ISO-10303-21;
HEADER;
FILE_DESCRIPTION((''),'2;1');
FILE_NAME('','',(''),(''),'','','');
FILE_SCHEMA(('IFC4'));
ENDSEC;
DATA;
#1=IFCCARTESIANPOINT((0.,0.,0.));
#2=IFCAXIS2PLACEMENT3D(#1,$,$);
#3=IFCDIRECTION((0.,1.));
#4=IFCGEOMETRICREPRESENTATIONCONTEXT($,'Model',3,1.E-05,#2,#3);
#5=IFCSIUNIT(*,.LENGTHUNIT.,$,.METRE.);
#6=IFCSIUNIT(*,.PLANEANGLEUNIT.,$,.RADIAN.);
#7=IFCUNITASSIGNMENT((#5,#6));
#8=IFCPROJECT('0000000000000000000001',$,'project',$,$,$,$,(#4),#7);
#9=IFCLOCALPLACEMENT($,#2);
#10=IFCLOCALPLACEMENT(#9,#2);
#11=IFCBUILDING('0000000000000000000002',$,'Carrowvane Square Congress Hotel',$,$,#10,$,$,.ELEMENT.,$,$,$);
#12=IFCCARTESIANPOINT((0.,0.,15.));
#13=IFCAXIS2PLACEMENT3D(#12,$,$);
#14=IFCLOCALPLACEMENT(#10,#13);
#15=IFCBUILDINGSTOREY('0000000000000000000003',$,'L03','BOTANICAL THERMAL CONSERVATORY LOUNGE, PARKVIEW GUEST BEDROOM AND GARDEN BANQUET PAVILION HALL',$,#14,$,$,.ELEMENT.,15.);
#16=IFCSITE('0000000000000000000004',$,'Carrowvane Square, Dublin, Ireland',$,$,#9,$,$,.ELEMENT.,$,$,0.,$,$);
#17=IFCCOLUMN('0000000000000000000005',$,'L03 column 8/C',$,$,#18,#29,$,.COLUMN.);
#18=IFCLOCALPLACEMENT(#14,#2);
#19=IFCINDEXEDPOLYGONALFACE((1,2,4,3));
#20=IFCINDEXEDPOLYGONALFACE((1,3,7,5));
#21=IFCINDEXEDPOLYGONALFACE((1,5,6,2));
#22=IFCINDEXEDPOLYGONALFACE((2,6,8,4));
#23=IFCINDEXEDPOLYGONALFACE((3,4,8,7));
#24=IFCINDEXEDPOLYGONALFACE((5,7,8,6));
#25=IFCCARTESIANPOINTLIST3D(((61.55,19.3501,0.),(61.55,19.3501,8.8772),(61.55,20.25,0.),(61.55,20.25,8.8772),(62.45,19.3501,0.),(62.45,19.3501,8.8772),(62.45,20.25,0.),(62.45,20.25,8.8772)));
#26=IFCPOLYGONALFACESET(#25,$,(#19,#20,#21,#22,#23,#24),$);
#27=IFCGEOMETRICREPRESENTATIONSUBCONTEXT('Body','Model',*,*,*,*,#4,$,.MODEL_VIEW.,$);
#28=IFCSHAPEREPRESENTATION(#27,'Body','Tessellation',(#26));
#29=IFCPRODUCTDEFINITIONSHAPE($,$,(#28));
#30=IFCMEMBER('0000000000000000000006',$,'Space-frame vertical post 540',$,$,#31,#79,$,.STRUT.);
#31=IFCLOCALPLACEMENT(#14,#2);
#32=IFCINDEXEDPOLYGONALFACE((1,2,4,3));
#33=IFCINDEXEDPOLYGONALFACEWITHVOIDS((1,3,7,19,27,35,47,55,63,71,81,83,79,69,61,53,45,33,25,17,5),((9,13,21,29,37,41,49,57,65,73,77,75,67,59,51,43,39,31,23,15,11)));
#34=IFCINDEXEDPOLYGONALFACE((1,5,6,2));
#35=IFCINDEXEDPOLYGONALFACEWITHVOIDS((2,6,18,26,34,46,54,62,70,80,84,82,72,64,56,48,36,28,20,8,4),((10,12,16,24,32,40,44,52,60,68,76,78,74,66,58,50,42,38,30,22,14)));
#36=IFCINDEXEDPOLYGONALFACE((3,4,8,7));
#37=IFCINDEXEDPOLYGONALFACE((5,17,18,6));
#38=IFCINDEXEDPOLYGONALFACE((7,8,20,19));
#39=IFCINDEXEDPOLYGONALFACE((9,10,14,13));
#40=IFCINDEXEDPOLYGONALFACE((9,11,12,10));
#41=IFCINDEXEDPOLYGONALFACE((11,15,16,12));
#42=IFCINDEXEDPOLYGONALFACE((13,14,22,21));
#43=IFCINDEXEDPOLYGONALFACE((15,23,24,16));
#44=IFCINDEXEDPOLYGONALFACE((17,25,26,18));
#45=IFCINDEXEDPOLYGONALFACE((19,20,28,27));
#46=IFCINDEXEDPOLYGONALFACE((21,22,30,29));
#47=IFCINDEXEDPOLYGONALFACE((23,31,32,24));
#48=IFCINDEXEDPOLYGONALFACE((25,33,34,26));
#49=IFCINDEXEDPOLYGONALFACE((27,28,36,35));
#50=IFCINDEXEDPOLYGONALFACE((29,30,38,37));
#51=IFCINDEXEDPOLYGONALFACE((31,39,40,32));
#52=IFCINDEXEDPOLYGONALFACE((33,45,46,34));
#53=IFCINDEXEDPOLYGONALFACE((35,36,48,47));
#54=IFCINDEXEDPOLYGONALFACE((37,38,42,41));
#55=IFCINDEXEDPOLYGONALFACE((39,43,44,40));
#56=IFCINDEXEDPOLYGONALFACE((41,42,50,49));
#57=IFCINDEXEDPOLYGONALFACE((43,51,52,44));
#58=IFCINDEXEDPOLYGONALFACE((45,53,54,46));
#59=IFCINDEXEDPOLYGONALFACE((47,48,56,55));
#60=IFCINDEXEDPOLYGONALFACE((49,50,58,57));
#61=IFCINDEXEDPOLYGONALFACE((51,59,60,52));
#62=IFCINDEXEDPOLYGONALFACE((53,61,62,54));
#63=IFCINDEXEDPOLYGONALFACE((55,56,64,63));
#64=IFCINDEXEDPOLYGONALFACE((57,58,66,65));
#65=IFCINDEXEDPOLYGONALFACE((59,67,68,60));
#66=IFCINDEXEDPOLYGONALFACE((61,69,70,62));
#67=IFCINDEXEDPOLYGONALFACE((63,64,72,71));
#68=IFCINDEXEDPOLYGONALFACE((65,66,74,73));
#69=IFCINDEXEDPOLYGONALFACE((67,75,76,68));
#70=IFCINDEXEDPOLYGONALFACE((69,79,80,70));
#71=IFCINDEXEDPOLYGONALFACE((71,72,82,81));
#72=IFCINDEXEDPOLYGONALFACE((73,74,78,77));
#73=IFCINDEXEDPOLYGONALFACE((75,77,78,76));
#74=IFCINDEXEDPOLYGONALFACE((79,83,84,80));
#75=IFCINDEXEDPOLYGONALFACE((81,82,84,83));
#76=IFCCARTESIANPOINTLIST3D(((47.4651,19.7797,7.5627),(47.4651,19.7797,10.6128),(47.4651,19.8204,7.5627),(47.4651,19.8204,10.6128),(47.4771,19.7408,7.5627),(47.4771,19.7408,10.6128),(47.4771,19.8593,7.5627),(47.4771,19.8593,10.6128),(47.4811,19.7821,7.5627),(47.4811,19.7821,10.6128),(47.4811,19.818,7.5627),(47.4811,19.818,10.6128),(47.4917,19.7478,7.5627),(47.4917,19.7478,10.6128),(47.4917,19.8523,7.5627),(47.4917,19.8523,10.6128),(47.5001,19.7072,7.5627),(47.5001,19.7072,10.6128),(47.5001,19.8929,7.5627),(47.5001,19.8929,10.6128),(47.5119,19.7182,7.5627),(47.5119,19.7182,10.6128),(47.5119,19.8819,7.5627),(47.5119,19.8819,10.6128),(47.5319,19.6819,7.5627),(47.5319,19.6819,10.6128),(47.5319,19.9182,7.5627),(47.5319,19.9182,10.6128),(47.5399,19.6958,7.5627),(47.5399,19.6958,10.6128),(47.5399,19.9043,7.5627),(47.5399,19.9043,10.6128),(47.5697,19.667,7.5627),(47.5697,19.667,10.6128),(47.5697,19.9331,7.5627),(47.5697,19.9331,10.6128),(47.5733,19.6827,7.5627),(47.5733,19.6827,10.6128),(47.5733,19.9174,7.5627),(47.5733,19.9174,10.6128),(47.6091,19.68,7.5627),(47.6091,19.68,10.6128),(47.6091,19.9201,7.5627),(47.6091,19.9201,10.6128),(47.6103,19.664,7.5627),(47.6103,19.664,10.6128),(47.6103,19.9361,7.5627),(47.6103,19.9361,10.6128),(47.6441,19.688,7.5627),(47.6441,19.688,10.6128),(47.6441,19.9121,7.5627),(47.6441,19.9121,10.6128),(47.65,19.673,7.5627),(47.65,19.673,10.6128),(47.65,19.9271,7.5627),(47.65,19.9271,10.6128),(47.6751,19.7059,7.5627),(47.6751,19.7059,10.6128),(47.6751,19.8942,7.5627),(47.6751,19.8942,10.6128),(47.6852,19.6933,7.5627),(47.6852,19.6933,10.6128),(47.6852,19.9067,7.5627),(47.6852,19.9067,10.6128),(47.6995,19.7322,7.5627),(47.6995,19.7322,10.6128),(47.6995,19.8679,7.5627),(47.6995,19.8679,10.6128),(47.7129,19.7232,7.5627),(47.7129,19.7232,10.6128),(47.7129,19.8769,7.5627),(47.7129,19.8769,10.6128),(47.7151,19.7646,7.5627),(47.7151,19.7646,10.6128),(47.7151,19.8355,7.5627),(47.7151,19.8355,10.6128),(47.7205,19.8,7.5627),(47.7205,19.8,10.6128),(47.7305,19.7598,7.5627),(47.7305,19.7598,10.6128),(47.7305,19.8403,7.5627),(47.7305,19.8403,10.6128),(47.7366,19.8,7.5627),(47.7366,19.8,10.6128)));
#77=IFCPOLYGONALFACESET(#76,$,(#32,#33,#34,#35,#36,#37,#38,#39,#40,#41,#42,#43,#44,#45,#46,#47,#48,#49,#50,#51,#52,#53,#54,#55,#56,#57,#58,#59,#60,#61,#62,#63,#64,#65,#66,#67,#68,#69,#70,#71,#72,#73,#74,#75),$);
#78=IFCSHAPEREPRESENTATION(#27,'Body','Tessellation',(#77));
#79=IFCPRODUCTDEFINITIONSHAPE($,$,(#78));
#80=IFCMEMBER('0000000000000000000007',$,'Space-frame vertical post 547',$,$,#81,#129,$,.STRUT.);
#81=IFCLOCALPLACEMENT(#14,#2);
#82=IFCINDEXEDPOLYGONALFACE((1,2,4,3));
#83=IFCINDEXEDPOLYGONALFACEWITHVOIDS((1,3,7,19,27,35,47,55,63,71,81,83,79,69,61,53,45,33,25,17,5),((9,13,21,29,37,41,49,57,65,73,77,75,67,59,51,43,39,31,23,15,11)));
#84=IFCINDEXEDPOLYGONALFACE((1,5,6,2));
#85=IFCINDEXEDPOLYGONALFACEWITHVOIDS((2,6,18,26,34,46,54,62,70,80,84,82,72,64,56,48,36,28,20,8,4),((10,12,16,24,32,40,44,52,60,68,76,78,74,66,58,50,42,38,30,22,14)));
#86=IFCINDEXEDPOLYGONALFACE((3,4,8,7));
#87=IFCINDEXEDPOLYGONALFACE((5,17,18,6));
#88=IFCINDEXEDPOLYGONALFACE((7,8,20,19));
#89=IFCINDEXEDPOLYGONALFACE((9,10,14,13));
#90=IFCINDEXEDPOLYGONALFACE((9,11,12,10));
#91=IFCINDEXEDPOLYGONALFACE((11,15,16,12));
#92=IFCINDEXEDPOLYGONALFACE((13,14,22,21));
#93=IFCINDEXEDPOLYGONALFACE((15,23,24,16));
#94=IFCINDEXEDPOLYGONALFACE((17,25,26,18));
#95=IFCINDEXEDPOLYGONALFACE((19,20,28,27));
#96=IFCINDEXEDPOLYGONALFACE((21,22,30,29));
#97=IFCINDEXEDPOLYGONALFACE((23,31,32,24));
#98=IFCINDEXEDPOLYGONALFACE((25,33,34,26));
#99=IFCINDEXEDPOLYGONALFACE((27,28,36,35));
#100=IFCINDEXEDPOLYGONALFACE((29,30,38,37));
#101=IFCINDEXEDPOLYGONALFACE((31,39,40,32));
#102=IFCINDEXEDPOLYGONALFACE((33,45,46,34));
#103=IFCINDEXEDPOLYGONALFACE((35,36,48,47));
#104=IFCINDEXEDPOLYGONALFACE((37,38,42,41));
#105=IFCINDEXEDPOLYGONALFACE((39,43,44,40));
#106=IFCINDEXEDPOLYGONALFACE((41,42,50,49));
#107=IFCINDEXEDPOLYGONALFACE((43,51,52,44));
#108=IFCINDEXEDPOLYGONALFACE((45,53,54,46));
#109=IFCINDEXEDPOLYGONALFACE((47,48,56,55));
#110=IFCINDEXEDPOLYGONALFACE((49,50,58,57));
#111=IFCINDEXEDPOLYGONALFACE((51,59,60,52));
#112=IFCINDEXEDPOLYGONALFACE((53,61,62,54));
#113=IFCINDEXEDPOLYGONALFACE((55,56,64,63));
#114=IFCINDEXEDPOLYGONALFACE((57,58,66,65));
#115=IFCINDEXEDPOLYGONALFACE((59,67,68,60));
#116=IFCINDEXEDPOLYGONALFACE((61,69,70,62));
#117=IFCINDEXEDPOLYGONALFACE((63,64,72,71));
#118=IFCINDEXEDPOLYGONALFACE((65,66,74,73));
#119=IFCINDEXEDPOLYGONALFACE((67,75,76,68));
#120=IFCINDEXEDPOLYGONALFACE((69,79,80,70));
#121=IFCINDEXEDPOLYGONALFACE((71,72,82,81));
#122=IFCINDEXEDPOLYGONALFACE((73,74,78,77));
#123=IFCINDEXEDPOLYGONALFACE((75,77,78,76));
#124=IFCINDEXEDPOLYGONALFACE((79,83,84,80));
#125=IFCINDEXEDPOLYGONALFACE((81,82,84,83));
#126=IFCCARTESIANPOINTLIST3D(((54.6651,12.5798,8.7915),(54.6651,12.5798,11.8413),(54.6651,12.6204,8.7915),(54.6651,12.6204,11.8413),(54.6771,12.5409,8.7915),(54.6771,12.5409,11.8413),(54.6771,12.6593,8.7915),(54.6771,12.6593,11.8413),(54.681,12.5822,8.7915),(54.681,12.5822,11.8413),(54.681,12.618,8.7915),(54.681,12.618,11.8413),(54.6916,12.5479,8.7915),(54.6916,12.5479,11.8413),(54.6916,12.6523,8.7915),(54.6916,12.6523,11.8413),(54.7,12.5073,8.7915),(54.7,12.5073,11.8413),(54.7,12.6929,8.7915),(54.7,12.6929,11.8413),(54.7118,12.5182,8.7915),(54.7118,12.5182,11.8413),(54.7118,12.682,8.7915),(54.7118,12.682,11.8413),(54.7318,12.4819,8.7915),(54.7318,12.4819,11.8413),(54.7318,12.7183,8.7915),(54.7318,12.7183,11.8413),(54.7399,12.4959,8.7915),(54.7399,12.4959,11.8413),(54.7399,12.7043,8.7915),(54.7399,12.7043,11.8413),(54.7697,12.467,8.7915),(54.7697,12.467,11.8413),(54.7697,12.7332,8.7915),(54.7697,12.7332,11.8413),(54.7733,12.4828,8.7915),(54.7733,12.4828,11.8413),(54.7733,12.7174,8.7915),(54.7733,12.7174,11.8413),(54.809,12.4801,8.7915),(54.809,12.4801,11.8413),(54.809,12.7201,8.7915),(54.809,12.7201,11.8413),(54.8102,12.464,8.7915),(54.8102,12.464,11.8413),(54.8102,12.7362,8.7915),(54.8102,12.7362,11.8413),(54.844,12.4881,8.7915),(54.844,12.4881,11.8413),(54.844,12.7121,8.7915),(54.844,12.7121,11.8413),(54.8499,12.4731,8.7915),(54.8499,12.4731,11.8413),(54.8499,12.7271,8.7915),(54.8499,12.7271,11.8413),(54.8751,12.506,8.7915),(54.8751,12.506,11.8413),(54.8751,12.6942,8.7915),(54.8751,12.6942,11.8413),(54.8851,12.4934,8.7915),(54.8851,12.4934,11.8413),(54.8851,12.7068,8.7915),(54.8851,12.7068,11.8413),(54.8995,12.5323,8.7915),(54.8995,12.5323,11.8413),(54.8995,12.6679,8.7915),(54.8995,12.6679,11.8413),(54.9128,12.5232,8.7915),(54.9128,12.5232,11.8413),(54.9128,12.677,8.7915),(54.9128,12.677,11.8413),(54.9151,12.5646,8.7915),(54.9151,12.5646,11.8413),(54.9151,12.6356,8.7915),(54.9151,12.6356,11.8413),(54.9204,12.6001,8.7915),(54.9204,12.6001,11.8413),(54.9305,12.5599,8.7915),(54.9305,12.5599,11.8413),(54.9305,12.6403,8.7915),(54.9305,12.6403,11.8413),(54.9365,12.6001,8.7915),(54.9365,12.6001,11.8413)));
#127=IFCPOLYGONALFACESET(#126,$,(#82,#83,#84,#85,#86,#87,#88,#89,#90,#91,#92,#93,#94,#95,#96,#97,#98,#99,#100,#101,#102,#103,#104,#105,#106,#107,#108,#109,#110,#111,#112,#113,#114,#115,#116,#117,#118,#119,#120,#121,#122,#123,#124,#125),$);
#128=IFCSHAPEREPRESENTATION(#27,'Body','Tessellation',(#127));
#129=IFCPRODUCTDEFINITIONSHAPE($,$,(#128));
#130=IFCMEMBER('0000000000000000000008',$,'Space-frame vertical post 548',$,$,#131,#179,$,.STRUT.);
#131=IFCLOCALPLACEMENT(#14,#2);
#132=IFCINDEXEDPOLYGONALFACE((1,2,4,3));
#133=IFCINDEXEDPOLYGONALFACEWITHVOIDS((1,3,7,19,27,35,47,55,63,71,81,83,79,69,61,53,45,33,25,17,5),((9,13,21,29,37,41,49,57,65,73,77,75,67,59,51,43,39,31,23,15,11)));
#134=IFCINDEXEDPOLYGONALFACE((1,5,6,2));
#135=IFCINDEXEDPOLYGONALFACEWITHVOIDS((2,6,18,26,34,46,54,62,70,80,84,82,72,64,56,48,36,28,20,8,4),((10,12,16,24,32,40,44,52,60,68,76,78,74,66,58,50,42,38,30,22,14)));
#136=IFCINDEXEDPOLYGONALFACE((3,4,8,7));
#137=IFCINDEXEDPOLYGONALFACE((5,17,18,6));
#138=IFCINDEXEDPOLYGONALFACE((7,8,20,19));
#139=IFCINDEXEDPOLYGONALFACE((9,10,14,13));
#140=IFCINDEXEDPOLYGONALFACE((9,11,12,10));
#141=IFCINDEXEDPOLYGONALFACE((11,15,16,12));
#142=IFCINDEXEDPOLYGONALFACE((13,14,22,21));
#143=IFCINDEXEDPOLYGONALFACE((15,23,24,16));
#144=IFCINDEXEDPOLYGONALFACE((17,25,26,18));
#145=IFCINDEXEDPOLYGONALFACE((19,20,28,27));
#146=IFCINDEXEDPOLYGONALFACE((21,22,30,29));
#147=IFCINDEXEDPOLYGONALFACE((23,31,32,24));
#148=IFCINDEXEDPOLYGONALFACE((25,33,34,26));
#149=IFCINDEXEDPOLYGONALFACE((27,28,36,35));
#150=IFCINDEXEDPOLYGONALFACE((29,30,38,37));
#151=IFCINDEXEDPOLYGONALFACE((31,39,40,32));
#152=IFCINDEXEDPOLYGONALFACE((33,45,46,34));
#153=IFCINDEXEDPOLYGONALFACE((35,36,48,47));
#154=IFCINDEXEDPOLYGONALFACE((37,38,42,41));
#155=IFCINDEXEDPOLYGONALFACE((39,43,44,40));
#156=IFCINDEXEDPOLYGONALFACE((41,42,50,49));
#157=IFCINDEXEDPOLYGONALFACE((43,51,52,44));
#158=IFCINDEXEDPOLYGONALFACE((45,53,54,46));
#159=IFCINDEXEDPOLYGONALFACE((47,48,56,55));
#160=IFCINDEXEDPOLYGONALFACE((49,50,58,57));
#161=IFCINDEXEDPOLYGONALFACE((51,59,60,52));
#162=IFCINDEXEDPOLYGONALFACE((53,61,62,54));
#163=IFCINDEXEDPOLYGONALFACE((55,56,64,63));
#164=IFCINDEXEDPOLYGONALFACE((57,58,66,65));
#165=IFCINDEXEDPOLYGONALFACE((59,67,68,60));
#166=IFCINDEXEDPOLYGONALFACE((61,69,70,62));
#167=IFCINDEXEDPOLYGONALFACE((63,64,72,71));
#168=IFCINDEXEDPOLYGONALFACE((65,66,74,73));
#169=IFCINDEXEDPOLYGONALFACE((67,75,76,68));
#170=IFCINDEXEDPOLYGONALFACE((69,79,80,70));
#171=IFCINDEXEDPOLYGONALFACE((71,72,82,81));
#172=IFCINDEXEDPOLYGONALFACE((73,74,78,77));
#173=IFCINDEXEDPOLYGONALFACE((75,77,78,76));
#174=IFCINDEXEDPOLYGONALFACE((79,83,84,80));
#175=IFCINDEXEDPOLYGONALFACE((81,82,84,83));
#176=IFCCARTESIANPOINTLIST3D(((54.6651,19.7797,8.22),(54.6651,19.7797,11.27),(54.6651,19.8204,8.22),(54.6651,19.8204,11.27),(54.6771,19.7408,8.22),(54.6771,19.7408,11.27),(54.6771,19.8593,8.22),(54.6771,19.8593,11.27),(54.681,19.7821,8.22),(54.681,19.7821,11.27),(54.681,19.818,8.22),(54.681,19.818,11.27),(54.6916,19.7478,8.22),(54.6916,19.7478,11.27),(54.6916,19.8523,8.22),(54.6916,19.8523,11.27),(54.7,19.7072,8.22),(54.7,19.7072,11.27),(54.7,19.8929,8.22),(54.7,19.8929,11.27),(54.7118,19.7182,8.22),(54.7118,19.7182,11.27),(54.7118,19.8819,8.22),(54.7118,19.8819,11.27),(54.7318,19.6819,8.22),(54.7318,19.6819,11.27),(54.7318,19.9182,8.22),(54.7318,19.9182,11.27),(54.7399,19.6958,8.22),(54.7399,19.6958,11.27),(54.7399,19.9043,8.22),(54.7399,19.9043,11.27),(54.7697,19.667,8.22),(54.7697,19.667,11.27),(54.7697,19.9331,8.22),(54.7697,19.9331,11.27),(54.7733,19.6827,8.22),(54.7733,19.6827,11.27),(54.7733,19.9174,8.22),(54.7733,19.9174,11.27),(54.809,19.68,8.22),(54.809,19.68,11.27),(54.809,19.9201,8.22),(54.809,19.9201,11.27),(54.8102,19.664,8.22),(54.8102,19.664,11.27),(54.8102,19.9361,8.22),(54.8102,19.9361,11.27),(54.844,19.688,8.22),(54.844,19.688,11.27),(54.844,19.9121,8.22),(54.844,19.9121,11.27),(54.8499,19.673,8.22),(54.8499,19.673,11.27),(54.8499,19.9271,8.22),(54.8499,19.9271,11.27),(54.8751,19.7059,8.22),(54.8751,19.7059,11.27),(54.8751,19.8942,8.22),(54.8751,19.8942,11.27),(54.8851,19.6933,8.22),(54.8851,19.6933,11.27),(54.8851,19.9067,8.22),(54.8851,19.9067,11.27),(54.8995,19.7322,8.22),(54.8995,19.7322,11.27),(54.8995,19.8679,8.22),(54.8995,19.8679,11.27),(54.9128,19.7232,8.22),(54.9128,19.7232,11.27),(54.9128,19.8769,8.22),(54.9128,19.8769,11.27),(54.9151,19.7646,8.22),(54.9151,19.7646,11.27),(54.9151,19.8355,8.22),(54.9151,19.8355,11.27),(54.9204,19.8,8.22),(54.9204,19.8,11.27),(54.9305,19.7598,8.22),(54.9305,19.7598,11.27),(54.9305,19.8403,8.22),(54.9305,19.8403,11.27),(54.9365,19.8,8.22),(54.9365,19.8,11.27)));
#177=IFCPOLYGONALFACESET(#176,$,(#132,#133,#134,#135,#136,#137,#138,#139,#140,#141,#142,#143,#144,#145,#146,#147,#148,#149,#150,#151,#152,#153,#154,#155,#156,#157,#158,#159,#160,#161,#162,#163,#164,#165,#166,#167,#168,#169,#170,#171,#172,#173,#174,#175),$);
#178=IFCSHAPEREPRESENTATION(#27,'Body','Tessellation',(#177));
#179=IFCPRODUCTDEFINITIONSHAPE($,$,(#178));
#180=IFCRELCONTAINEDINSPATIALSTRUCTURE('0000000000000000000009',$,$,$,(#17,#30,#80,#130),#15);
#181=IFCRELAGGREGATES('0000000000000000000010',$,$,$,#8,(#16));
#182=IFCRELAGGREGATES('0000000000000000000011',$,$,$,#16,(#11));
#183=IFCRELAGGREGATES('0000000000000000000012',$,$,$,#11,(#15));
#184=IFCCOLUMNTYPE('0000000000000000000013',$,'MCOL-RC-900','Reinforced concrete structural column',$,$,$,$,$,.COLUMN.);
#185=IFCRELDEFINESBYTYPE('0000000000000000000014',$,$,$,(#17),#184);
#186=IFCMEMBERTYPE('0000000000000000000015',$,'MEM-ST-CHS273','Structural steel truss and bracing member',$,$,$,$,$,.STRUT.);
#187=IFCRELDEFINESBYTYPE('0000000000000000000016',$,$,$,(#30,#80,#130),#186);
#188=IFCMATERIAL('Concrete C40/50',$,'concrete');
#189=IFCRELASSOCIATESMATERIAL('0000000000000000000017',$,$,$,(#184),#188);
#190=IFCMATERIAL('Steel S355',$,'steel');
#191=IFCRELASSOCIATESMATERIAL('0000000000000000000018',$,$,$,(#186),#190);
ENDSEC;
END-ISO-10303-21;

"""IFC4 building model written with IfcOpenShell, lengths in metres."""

from ifc_helpers import new_model, si_unit, direction, frame, origin, origin_2d, place, context, subcontext, project, spatial, rectangle, hollow_circle, extrude, material, material_profile, profile_set, type_object, element, save


model = new_model("IFC4")

# Units and contexts
model_context = context("Model", 3, precision=1e-05, world=origin(), true_north=direction((0.0, 1.0)))
body_context = subcontext(model_context, "Body", "Model", "MODEL_VIEW")
ifc_project = project(units=[si_unit("LENGTHUNIT", "METRE"), si_unit("PLANEANGLEUNIT", "RADIAN")], contexts=[model_context])

# Site, building, storey
site_placement = place(None, origin())
site = spatial("IfcSite", under=ifc_project, at=site_placement, Name="Carrowvane Square, Dublin, Ireland", CompositionType="ELEMENT", RefElevation=0.0)
building_placement = place(site_placement, origin())
building = spatial("IfcBuilding", under=site, at=building_placement, Name="Carrowvane Square Congress Hotel", CompositionType="ELEMENT")
storey_placement = place(building_placement, frame((0.0, 0.0, 15.0)))
storey = spatial("IfcBuildingStorey", under=building, at=storey_placement, Name="L03", Description="BOTANICAL THERMAL CONSERVATORY LOUNGE, PARKVIEW GUEST BEDROOM AND GARDEN BANQUET PAVILION HALL", CompositionType="ELEMENT", Elevation=15.0)

# Column
ifc_material_1 = material(Name="Concrete C40/50", Category="concrete")
ifc_material_profile_1 = material_profile(ifc_material_1, rectangle(XDim=0.8999, YDim=0.8999, at=origin_2d()), Name="RC 900x900")
ifc_profile_set_1 = profile_set([ifc_material_profile_1], Name="Concrete C40/50")
column_type = type_object("IfcColumnType", Name="MCOL-RC-900", Description="Reinforced concrete structural column", PredefinedType="COLUMN", material=ifc_profile_set_1)
column_placement = place(storey_placement, frame((62.0, 19.8, 0.0), z_axis=(0.0, 0.0, 1.0), x_axis=(1.0, 0.0, 0.0)))
element("IfcColumn", 1, at=column_placement, inside=storey, type_object=column_type, Name="L03 column 8/C", PredefinedType="COLUMN", context=body_context, shape_type="SweptSolid", body=[
    extrude(rectangle(XDim=0.8999, YDim=0.8999, at=origin_2d()), origin(), (0.0, 0.0, 1.0), 8.8772),
])

# Members
ifc_material_2 = material(Name="Steel S355", Category="steel")
ifc_material_profile_2 = material_profile(ifc_material_2, hollow_circle(Radius=0.1365, WallThickness=0.0161, at=origin_2d()), Name="CHS 273.0x16")
ifc_profile_set_2 = profile_set([ifc_material_profile_2], Name="Steel S355")
member_type_1 = type_object("IfcMemberType", Name="MEM-ST-CHS273", Description="Structural steel truss and bracing member", PredefinedType="STRUT", material=ifc_profile_set_2)
member_1_placement = place(storey_placement, frame((47.6001, 19.8, 7.5627), z_axis=(0.0, 0.0, 1.0), x_axis=(1.0, 0.0, 0.0)))
element("IfcMember", 2, at=member_1_placement, inside=storey, type_object=member_type_1, Name="Space-frame vertical post 540", PredefinedType="STRUT", context=body_context, shape_type="SweptSolid", body=[
    extrude(hollow_circle(Radius=0.1365, WallThickness=0.0161, at=origin_2d()), origin(), (0.0, 0.0, 1.0), 3.05),
])
member_2_placement = place(storey_placement, frame((54.8, 12.6001, 8.7915), z_axis=(0.0, 0.0, 1.0), x_axis=(1.0, 0.0, 0.0)))
element("IfcMember", 3, at=member_2_placement, inside=storey, type_object=member_type_1, Name="Space-frame vertical post 547", PredefinedType="STRUT", context=body_context, shape_type="SweptSolid", body=[
    extrude(hollow_circle(Radius=0.1365, WallThickness=0.0161, at=origin_2d()), origin(), (0.0, 0.0, 1.0), 3.0498),
])
for number, where, z_axis, x_axis, name in (
    (4, (54.8, 19.8, 8.22), (0.0, 0.0, 1.0), (1.0, 0.0, 0.0), "Space-frame vertical post 548"),
):
    element("IfcMember", number, at=place(storey_placement, frame(where, z_axis=z_axis, x_axis=x_axis)), inside=storey, type_object=member_type_1, Name=name, PredefinedType="STRUT", context=body_context, shape_type="SweptSolid", body=[
        extrude(hollow_circle(Radius=0.1365, WallThickness=0.0161, at=origin_2d()), origin(), (0.0, 0.0, 1.0), 3.05),
    ])

save(model, "model.ifc")
